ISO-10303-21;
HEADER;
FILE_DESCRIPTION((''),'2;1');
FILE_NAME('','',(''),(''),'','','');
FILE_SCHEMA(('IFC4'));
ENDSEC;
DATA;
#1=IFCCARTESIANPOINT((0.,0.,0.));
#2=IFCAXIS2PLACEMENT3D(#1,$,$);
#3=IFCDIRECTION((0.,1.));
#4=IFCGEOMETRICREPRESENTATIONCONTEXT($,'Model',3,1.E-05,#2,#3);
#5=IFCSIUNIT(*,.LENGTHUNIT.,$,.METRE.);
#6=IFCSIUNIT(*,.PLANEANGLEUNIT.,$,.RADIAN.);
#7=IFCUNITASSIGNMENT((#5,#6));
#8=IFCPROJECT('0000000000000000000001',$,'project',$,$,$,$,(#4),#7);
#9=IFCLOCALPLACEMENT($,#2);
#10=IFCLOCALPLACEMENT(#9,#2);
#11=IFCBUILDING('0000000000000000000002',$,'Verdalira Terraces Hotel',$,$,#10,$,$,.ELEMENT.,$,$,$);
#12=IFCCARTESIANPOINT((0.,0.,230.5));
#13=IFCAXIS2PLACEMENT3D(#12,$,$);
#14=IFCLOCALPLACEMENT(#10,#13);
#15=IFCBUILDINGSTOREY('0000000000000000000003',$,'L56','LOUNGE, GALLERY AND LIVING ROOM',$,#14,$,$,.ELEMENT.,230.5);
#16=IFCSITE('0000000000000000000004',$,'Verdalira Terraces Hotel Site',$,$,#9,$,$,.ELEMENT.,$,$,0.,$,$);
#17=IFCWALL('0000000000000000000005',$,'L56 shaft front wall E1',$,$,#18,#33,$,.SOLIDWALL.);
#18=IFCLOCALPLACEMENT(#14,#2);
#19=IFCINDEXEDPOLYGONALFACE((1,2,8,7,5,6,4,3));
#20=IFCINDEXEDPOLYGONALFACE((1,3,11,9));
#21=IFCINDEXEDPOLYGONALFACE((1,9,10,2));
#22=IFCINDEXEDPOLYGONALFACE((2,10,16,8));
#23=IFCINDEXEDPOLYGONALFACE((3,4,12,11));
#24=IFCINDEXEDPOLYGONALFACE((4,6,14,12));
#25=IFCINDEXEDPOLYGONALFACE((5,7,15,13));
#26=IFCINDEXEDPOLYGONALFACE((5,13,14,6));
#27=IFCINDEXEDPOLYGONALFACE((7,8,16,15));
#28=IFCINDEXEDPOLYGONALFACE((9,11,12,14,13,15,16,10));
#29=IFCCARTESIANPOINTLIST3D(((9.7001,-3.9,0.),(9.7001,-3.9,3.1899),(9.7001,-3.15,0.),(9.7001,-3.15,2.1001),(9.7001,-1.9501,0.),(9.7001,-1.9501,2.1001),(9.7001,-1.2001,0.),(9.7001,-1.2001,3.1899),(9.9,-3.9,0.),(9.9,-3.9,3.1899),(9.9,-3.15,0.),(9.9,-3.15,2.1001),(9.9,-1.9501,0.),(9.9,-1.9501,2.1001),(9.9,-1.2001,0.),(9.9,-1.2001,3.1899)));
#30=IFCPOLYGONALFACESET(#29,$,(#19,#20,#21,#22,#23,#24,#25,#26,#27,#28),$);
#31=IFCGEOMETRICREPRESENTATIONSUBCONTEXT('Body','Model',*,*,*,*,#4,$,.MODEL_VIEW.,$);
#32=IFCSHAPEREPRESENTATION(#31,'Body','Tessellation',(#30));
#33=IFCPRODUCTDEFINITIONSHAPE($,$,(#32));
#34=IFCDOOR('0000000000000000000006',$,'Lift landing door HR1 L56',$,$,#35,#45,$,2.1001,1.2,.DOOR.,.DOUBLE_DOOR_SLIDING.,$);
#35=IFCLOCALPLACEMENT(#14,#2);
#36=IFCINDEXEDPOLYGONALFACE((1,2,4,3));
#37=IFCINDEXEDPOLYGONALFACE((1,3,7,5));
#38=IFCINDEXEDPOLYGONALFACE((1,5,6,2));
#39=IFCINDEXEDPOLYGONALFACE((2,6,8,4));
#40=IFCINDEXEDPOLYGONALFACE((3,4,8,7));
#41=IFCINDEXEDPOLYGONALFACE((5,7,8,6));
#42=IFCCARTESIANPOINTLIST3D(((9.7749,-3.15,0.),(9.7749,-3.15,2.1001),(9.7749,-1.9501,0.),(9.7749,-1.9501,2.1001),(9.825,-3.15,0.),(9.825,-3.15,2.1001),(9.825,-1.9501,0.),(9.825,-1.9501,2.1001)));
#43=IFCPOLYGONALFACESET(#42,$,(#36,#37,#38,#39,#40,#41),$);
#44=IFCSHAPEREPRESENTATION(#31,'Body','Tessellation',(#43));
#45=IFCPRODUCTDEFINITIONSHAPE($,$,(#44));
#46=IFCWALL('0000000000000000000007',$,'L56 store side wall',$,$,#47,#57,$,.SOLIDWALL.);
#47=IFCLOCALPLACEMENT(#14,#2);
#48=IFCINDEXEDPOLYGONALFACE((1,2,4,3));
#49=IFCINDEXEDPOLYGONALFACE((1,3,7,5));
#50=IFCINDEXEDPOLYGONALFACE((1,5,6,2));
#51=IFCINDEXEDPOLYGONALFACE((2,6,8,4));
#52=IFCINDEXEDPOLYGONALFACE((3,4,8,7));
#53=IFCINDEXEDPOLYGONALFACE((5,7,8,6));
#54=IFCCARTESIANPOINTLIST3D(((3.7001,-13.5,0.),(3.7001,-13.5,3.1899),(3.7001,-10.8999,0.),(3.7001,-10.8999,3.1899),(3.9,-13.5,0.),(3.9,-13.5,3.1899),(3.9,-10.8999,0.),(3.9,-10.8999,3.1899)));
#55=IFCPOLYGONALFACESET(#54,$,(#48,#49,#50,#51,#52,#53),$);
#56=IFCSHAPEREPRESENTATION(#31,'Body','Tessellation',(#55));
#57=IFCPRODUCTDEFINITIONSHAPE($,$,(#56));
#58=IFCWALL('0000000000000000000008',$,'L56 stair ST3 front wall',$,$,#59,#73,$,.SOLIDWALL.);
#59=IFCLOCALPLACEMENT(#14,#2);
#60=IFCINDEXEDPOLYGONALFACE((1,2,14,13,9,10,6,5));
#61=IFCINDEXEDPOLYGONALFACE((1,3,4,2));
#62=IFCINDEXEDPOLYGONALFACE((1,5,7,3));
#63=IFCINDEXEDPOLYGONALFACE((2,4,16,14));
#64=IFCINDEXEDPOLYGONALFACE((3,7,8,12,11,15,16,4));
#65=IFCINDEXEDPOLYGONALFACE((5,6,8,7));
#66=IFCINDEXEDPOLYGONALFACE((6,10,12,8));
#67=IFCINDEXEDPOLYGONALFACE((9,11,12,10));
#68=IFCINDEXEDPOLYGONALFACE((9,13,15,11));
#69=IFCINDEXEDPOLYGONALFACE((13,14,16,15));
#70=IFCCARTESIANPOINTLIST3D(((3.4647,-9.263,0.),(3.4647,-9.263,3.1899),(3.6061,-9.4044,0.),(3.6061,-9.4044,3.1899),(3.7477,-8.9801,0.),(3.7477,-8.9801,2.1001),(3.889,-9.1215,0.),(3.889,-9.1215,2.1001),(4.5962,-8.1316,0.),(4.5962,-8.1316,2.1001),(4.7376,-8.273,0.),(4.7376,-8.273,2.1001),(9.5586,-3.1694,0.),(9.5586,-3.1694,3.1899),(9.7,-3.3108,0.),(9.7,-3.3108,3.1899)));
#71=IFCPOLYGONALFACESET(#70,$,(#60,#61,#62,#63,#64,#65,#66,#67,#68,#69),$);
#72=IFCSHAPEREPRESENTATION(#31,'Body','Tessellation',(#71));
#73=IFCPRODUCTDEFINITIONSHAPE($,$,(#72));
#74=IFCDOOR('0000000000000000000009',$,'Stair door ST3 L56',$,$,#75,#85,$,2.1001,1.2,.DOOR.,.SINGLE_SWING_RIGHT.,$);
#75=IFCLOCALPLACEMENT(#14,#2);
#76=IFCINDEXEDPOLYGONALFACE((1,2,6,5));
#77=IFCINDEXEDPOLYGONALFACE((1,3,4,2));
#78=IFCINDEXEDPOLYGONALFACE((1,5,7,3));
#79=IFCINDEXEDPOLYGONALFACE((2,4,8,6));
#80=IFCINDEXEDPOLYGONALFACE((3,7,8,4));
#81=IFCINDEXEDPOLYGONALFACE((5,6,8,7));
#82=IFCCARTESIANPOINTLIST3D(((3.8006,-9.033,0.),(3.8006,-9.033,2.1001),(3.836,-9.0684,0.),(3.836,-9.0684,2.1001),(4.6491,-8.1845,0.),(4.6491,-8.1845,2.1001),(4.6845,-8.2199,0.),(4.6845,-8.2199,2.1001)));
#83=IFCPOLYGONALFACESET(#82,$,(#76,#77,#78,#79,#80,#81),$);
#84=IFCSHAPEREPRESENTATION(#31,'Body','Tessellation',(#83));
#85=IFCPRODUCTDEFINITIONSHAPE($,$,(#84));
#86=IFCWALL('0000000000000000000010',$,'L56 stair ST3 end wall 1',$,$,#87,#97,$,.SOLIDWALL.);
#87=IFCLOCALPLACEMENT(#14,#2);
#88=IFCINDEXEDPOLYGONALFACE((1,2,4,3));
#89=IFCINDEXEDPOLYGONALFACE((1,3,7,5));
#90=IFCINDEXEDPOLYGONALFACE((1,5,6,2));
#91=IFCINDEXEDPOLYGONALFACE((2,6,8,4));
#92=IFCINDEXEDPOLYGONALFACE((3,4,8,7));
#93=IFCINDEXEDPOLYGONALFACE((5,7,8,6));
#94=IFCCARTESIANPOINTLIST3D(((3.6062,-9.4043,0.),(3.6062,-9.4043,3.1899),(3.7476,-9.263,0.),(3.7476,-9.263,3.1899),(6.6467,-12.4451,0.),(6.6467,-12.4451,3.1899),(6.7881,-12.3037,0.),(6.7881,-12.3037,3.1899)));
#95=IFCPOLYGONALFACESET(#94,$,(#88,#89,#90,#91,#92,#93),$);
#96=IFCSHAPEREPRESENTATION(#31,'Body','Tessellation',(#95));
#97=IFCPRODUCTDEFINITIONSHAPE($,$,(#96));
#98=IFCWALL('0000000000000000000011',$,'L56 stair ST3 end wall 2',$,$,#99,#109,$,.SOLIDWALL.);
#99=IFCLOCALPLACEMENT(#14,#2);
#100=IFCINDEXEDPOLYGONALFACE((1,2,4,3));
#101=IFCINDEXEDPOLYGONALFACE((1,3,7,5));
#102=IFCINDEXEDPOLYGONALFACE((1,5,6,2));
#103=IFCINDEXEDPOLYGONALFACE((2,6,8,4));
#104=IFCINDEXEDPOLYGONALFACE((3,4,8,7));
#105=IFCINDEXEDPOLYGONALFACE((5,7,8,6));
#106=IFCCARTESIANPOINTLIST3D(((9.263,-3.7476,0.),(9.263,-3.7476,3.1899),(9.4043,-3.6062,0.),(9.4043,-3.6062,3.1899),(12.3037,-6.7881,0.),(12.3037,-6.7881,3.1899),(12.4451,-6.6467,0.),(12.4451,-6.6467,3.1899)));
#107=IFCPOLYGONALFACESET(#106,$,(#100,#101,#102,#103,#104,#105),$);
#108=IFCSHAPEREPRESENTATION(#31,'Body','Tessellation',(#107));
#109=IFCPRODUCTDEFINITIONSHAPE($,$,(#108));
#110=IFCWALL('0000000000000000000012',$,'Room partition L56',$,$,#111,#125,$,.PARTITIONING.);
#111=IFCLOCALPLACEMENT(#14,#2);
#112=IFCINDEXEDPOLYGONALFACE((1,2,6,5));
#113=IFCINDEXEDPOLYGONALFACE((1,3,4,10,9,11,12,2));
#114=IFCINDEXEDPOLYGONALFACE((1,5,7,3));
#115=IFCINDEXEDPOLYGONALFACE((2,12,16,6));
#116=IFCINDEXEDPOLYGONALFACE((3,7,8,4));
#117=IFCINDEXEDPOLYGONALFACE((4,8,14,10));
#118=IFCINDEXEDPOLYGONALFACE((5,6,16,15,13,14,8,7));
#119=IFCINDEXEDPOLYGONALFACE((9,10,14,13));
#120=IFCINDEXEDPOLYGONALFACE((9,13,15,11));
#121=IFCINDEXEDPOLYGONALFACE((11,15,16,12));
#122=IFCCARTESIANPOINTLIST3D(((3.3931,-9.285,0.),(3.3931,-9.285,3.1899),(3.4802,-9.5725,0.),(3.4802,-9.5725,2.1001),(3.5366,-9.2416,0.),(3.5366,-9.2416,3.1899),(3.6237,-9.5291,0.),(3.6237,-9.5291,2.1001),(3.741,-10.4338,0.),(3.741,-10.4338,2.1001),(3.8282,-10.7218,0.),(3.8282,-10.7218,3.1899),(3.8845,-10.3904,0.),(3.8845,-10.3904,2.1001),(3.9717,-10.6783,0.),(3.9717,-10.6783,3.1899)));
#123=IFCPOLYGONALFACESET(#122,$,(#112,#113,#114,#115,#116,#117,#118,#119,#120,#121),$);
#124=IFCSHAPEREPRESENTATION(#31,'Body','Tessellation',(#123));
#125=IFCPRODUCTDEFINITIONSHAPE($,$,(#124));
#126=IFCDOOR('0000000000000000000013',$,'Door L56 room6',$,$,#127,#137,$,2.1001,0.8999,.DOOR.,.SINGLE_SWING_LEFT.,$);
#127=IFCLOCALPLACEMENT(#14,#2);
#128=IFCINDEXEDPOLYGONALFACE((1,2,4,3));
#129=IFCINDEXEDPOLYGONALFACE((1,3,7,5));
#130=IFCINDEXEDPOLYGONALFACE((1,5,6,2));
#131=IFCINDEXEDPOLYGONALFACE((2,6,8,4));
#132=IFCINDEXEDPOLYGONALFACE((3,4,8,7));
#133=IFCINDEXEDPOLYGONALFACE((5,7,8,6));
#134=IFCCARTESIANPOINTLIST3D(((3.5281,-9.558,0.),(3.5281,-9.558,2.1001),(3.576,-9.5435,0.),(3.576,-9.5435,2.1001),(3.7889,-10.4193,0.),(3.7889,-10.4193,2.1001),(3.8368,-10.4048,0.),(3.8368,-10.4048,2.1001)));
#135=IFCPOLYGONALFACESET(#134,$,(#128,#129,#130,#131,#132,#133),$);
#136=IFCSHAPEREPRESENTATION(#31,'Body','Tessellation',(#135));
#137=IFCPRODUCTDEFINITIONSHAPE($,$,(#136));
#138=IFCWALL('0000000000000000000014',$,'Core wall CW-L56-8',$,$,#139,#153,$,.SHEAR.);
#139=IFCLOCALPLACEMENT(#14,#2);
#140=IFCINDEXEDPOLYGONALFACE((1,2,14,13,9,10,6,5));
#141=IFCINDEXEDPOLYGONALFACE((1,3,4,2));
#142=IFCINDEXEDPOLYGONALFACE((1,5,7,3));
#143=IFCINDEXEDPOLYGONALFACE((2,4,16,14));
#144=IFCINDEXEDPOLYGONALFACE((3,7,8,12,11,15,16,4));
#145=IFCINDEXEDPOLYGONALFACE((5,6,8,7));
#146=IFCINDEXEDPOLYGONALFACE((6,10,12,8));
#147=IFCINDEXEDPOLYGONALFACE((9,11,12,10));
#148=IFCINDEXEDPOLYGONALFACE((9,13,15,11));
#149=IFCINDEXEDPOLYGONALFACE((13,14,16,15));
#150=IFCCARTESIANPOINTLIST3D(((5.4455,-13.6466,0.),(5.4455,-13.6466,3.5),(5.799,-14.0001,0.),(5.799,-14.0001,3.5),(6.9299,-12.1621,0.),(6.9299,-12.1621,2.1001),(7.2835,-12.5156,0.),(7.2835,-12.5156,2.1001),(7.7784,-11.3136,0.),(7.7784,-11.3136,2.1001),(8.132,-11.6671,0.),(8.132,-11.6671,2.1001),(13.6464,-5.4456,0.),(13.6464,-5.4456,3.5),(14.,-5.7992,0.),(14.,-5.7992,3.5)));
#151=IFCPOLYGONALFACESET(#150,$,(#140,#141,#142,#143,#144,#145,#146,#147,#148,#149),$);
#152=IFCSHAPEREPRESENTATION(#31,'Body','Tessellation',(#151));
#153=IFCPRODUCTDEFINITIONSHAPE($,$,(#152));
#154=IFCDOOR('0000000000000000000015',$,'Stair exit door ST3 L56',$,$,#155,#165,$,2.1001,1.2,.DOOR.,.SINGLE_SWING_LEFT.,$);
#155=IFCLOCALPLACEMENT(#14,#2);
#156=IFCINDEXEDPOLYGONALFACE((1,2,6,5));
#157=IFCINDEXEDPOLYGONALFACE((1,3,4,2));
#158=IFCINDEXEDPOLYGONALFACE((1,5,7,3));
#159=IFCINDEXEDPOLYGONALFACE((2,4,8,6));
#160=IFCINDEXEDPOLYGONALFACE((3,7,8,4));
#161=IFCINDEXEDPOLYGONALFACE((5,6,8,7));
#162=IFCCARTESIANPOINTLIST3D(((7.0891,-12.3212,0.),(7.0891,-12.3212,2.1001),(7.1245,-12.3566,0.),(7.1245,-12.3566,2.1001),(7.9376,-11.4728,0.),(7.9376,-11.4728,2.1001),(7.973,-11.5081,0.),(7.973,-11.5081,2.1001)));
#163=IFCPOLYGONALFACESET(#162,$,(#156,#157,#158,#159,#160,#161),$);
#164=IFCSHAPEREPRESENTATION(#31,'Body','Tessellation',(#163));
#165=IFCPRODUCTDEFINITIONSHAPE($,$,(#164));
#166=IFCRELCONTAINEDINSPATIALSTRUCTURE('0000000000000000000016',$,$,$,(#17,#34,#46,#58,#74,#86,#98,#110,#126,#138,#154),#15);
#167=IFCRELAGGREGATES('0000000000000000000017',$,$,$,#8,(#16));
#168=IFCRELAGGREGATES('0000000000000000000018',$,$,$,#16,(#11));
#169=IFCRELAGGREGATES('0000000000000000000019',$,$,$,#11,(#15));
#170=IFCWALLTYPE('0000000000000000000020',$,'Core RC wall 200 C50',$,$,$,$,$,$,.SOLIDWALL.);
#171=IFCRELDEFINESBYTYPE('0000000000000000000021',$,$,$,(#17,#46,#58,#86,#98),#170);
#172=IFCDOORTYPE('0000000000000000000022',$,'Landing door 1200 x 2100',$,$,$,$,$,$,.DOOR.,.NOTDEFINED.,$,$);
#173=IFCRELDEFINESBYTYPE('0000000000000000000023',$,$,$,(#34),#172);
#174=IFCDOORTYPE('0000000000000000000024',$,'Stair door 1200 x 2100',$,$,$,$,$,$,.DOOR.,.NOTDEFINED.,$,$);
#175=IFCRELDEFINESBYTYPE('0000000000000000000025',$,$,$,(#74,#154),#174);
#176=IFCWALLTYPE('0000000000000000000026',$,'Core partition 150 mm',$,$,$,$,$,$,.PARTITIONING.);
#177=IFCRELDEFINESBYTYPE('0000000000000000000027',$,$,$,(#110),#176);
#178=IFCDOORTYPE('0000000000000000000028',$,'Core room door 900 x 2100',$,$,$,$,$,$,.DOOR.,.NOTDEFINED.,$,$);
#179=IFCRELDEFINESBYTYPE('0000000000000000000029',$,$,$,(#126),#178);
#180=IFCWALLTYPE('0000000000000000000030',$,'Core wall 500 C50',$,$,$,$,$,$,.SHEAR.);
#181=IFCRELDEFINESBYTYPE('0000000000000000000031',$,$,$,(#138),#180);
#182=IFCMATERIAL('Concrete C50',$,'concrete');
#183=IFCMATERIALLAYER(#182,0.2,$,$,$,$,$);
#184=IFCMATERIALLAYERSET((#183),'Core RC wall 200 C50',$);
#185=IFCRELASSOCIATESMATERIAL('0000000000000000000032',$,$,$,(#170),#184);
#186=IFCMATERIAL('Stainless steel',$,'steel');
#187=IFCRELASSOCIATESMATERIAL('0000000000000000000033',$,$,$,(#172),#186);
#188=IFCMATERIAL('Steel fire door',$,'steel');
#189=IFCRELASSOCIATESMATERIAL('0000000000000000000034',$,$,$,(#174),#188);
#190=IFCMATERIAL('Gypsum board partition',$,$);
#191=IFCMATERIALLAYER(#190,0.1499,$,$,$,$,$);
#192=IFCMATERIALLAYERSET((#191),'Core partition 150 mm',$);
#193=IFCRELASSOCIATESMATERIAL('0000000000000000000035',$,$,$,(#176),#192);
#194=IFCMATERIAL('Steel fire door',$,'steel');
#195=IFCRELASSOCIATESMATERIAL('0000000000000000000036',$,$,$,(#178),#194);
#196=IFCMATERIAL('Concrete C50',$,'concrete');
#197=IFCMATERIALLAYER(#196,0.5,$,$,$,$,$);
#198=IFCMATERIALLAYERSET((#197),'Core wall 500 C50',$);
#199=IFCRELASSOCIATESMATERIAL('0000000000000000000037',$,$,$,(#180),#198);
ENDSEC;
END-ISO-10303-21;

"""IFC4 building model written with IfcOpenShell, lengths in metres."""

from ifc_helpers import new_model, si_unit, direction, frame, frame_2d, origin, place, context, subcontext, project, spatial, rectangle, extrude, material, layer, layer_set, type_object, element, fill, save


model = new_model("IFC4")

# Units and contexts
model_context = context("Model", 3, precision=1e-05, world=origin(), true_north=direction((0.0, 1.0)))
body_context = subcontext(model_context, "Body", "Model", "MODEL_VIEW")
ifc_project = project(units=[si_unit("LENGTHUNIT", "METRE"), si_unit("PLANEANGLEUNIT", "RADIAN")], contexts=[model_context])

# Site, building, storey
site_placement = place(None, origin())
site = spatial("IfcSite", under=ifc_project, at=site_placement, Name="Verdalira Terraces Hotel Site", CompositionType="ELEMENT", RefElevation=0.0)
building_placement = place(site_placement, origin())
building = spatial("IfcBuilding", under=site, at=building_placement, Name="Verdalira Terraces Hotel", CompositionType="ELEMENT")
storey_placement = place(building_placement, frame((0.0, 0.0, 230.5)))
storey = spatial("IfcBuildingStorey", under=building, at=storey_placement, Name="L56", Description="LOUNGE, GALLERY AND LIVING ROOM", CompositionType="ELEMENT", Elevation=230.5)

# Wall, opening, door
ifc_material_1 = material(Name="Concrete C50", Category="concrete")
ifc_layer_1 = layer(ifc_material_1, 0.2)
ifc_layer_set_1 = layer_set([ifc_layer_1], Name="Core RC wall 200 C50")
wall_type_1 = type_object("IfcWallType", Name="Core RC wall 200 C50", PredefinedType="SOLIDWALL", material=ifc_layer_set_1)
wall_1_placement = place(storey_placement, frame((9.8, -1.2, 0.0), z_axis=(0.0, 0.0, 1.0), x_axis=(0.0, -1.0, 0.0)))
wall_1 = element("IfcWall", 1, at=wall_1_placement, inside=storey, type_object=wall_type_1, Name="L56 shaft front wall E1", PredefinedType="SOLIDWALL", context=body_context, shape_type="SweptSolid", body=[
    extrude(rectangle(XDim=2.7, YDim=0.2, at=frame_2d((1.3501, 0.0))), origin(), (0.0, 0.0, 1.0), 3.1899),
])
opening_1_placement = place(wall_1_placement, frame((0.75, 0.0, 0.0)))
opening_1 = element("IfcOpeningElement", 2, at=opening_1_placement, cuts=wall_1, PredefinedType="OPENING", context=body_context, shape_type="SweptSolid", body=[
    extrude(rectangle(XDim=1.2, YDim=2.1001, at=frame_2d((0.6001, 1.05))), frame((0.0, 0.1099, 0.0), z_axis=(0.0, -1.0, 0.0), x_axis=(1.0, 0.0, 0.0)), (0.0, 0.0, 1.0), 0.22),
])
ifc_material_2 = material(Name="Stainless steel", Category="steel")
door_type_1 = type_object("IfcDoorType", Name="Landing door 1200 x 2100", OperationType="NOTDEFINED", PredefinedType="DOOR", material=ifc_material_2)
door_1_placement = place(opening_1_placement, origin())
door_1 = element("IfcDoor", 3, at=door_1_placement, inside=storey, type_object=door_type_1, Name="Lift landing door HR1 L56", OperationType="DOUBLE_DOOR_SLIDING", OverallHeight=2.1001, OverallWidth=1.2, PredefinedType="DOOR", context=body_context, shape_type="SweptSolid", body=[
    extrude(rectangle(XDim=1.2, YDim=2.1001, at=frame_2d((0.6001, 1.05))), frame((0.0, 0.0249, 0.0), z_axis=(0.0, -1.0, 0.0), x_axis=(1.0, 0.0, 0.0)), (0.0, 0.0, 1.0), 0.05),
])
fill(opening_1, door_1)

# Wall
wall_2_placement = place(storey_placement, frame((3.8, -10.8999, 0.0), z_axis=(0.0, 0.0, 1.0), x_axis=(0.0, -1.0, 0.0)))
element("IfcWall", 4, at=wall_2_placement, inside=storey, type_object=wall_type_1, Name="L56 store side wall", PredefinedType="SOLIDWALL", context=body_context, shape_type="SweptSolid", body=[
    extrude(rectangle(XDim=2.6001, YDim=0.2, at=frame_2d((1.3, 0.0))), origin(), (0.0, 0.0, 1.0), 3.1899),
])

# Wall, opening, door
wall_3_placement = place(storey_placement, frame((9.6294, -3.24, 0.0), z_axis=(0.0, 0.0, 1.0), x_axis=(-0.707121, -0.707093, 0.0)))
wall_3 = element("IfcWall", 5, at=wall_3_placement, inside=storey, type_object=wall_type_1, Name="L56 stair ST3 front wall", PredefinedType="SOLIDWALL", context=body_context, shape_type="SweptSolid", body=[
    extrude(rectangle(XDim=8.6179, YDim=0.2, at=frame_2d((4.3091, 0.0))), origin(), (0.0, 0.0, 1.0), 3.1899),
])
opening_2_placement = place(wall_3_placement, frame((7.0178, 0.0, 0.0)))
opening_2 = element("IfcOpeningElement", 6, at=opening_2_placement, cuts=wall_3, PredefinedType="OPENING", context=body_context, shape_type="SweptSolid", body=[
    extrude(rectangle(XDim=1.2, YDim=2.1001, at=frame_2d((0.6001, 1.05))), frame((0.0, 0.1099, 0.0), z_axis=(0.0, -1.0, 0.0), x_axis=(1.0, 0.0, 0.0)), (0.0, 0.0, 1.0), 0.22),
])
ifc_material_3 = material(Name="Steel fire door", Category="steel")
door_type_2 = type_object("IfcDoorType", Name="Stair door 1200 x 2100", OperationType="NOTDEFINED", PredefinedType="DOOR", material=ifc_material_3)
door_2_placement = place(opening_2_placement, origin())
door_2 = element("IfcDoor", 7, at=door_2_placement, inside=storey, type_object=door_type_2, Name="Stair door ST3 L56", OperationType="SINGLE_SWING_RIGHT", OverallHeight=2.1001, OverallWidth=1.2, PredefinedType="DOOR", context=body_context, shape_type="SweptSolid", body=[
    extrude(rectangle(XDim=1.2, YDim=2.1001, at=frame_2d((0.6001, 1.05))), frame((0.0, 0.0249, 0.0), z_axis=(0.0, -1.0, 0.0), x_axis=(1.0, 0.0, 0.0)), (0.0, 0.0, 1.0), 0.05),
])
fill(opening_2, door_2)

# Walls
for number, where, z_axis, x_axis, name in (
    (8, (3.677, -9.3337, 0.0), (0.0, 0.0, 1.0), (0.707078, -0.707135, 0.0), "L56 stair ST3 end wall 1"),
    (9, (9.3337, -3.677, 0.0), (0.0, 0.0, 1.0), (0.707135, -0.707078, 0.0), "L56 stair ST3 end wall 2"),
):
    element("IfcWall", number, at=place(storey_placement, frame(where, z_axis=z_axis, x_axis=x_axis)), inside=storey, type_object=wall_type_1, Name=name, PredefinedType="SOLIDWALL", context=body_context, shape_type="SweptSolid", body=[
        extrude(rectangle(XDim=4.3, YDim=0.2, at=frame_2d((2.1499, 0.0))), origin(), (0.0, 0.0, 1.0), 3.1899),
    ])

# Walls, openings, doors
ifc_material_4 = material(Name="Gypsum board partition")
ifc_layer_2 = layer(ifc_material_4, 0.1499)
ifc_layer_set_2 = layer_set([ifc_layer_2], Name="Core partition 150 mm")
wall_type_2 = type_object("IfcWallType", Name="Core partition 150 mm", PredefinedType="PARTITIONING", material=ifc_layer_set_2)
wall_4_placement = place(storey_placement, frame((3.8999, -10.7, 0.0), z_axis=(0.0, 0.0, 1.0), x_axis=(-0.289809, 0.957085, 0.0)))
wall_4 = element("IfcWall", 10, at=wall_4_placement, inside=storey, type_object=wall_type_2, Name="Room partition L56", PredefinedType="PARTITIONING", context=body_context, shape_type="SweptSolid", body=[
    extrude(rectangle(XDim=1.5012, YDim=0.1499, at=frame_2d((0.7505, 0.0))), origin(), (0.0, 0.0, 1.0), 3.1899),
])
opening_3_placement = place(wall_4_placement, frame((0.3008, 0.0, 0.0)))
opening_3 = element("IfcOpeningElement", 11, at=opening_3_placement, cuts=wall_4, PredefinedType="OPENING", context=body_context, shape_type="SweptSolid", body=[
    extrude(rectangle(XDim=0.8999, YDim=2.1001, at=frame_2d((0.45, 1.05))), frame((0.0, 0.085, 0.0), z_axis=(0.0, -1.0, 0.0), x_axis=(1.0, 0.0, 0.0)), (0.0, 0.0, 1.0), 0.1699),
])
ifc_material_5 = material(Name="Steel fire door", Category="steel")
door_type_3 = type_object("IfcDoorType", Name="Core room door 900 x 2100", OperationType="NOTDEFINED", PredefinedType="DOOR", material=ifc_material_5)
door_3_placement = place(opening_3_placement, origin())
door_3 = element("IfcDoor", 12, at=door_3_placement, inside=storey, type_object=door_type_3, Name="Door L56 room6", OperationType="SINGLE_SWING_LEFT", OverallHeight=2.1001, OverallWidth=0.8999, PredefinedType="DOOR", context=body_context, shape_type="SweptSolid", body=[
    extrude(rectangle(XDim=0.8999, YDim=2.1001, at=frame_2d((0.45, 1.05))), frame((0.0, 0.0249, 0.0), z_axis=(0.0, -1.0, 0.0), x_axis=(1.0, 0.0, 0.0)), (0.0, 0.0, 1.0), 0.05),
])
fill(opening_3, door_3)
ifc_material_6 = material(Name="Concrete C50", Category="concrete")
ifc_layer_3 = layer(ifc_material_6, 0.5)
ifc_layer_set_3 = layer_set([ifc_layer_3], Name="Core wall 500 C50")
wall_type_3 = type_object("IfcWallType", Name="Core wall 500 C50", PredefinedType="SHEAR", material=ifc_layer_set_3)
wall_5_placement = place(storey_placement, frame((5.6223, -13.8232, 0.0), z_axis=(0.0, 0.0, 1.0), x_axis=(0.707107, 0.707107, 0.0)))
wall_5 = element("IfcWall", 13, at=wall_5_placement, inside=storey, type_object=wall_type_3, Name="Core wall CW-L56-8", PredefinedType="SHEAR", context=body_context, shape_type="SweptSolid", body=[
    extrude(rectangle(XDim=11.5979, YDim=0.5, at=frame_2d((5.7988, 0.0))), origin(), (0.0, 0.0, 1.0), 3.5),
])
opening_4_placement = place(wall_5_placement, frame((2.0991, 0.0, 0.0)))
opening_4 = element("IfcOpeningElement", 14, at=opening_4_placement, cuts=wall_5, PredefinedType="OPENING", context=body_context, shape_type="SweptSolid", body=[
    extrude(rectangle(XDim=1.2, YDim=2.1001, at=frame_2d((0.6001, 1.05))), frame((0.0, 0.26, 0.0), z_axis=(0.0, -1.0, 0.0), x_axis=(1.0, 0.0, 0.0)), (0.0, 0.0, 1.0), 0.52),
])
door_4_placement = place(opening_4_placement, origin())
door_4 = element("IfcDoor", 15, at=door_4_placement, inside=storey, type_object=door_type_2, Name="Stair exit door ST3 L56", OperationType="SINGLE_SWING_LEFT", OverallHeight=2.1001, OverallWidth=1.2, PredefinedType="DOOR", context=body_context, shape_type="SweptSolid", body=[
    extrude(rectangle(XDim=1.2, YDim=2.1001, at=frame_2d((0.6001, 1.05))), frame((0.0, 0.0249, 0.0), z_axis=(0.0, -1.0, 0.0), x_axis=(1.0, 0.0, 0.0)), (0.0, 0.0, 1.0), 0.05),
])
fill(opening_4, door_4)

save(model, "model.ifc")
